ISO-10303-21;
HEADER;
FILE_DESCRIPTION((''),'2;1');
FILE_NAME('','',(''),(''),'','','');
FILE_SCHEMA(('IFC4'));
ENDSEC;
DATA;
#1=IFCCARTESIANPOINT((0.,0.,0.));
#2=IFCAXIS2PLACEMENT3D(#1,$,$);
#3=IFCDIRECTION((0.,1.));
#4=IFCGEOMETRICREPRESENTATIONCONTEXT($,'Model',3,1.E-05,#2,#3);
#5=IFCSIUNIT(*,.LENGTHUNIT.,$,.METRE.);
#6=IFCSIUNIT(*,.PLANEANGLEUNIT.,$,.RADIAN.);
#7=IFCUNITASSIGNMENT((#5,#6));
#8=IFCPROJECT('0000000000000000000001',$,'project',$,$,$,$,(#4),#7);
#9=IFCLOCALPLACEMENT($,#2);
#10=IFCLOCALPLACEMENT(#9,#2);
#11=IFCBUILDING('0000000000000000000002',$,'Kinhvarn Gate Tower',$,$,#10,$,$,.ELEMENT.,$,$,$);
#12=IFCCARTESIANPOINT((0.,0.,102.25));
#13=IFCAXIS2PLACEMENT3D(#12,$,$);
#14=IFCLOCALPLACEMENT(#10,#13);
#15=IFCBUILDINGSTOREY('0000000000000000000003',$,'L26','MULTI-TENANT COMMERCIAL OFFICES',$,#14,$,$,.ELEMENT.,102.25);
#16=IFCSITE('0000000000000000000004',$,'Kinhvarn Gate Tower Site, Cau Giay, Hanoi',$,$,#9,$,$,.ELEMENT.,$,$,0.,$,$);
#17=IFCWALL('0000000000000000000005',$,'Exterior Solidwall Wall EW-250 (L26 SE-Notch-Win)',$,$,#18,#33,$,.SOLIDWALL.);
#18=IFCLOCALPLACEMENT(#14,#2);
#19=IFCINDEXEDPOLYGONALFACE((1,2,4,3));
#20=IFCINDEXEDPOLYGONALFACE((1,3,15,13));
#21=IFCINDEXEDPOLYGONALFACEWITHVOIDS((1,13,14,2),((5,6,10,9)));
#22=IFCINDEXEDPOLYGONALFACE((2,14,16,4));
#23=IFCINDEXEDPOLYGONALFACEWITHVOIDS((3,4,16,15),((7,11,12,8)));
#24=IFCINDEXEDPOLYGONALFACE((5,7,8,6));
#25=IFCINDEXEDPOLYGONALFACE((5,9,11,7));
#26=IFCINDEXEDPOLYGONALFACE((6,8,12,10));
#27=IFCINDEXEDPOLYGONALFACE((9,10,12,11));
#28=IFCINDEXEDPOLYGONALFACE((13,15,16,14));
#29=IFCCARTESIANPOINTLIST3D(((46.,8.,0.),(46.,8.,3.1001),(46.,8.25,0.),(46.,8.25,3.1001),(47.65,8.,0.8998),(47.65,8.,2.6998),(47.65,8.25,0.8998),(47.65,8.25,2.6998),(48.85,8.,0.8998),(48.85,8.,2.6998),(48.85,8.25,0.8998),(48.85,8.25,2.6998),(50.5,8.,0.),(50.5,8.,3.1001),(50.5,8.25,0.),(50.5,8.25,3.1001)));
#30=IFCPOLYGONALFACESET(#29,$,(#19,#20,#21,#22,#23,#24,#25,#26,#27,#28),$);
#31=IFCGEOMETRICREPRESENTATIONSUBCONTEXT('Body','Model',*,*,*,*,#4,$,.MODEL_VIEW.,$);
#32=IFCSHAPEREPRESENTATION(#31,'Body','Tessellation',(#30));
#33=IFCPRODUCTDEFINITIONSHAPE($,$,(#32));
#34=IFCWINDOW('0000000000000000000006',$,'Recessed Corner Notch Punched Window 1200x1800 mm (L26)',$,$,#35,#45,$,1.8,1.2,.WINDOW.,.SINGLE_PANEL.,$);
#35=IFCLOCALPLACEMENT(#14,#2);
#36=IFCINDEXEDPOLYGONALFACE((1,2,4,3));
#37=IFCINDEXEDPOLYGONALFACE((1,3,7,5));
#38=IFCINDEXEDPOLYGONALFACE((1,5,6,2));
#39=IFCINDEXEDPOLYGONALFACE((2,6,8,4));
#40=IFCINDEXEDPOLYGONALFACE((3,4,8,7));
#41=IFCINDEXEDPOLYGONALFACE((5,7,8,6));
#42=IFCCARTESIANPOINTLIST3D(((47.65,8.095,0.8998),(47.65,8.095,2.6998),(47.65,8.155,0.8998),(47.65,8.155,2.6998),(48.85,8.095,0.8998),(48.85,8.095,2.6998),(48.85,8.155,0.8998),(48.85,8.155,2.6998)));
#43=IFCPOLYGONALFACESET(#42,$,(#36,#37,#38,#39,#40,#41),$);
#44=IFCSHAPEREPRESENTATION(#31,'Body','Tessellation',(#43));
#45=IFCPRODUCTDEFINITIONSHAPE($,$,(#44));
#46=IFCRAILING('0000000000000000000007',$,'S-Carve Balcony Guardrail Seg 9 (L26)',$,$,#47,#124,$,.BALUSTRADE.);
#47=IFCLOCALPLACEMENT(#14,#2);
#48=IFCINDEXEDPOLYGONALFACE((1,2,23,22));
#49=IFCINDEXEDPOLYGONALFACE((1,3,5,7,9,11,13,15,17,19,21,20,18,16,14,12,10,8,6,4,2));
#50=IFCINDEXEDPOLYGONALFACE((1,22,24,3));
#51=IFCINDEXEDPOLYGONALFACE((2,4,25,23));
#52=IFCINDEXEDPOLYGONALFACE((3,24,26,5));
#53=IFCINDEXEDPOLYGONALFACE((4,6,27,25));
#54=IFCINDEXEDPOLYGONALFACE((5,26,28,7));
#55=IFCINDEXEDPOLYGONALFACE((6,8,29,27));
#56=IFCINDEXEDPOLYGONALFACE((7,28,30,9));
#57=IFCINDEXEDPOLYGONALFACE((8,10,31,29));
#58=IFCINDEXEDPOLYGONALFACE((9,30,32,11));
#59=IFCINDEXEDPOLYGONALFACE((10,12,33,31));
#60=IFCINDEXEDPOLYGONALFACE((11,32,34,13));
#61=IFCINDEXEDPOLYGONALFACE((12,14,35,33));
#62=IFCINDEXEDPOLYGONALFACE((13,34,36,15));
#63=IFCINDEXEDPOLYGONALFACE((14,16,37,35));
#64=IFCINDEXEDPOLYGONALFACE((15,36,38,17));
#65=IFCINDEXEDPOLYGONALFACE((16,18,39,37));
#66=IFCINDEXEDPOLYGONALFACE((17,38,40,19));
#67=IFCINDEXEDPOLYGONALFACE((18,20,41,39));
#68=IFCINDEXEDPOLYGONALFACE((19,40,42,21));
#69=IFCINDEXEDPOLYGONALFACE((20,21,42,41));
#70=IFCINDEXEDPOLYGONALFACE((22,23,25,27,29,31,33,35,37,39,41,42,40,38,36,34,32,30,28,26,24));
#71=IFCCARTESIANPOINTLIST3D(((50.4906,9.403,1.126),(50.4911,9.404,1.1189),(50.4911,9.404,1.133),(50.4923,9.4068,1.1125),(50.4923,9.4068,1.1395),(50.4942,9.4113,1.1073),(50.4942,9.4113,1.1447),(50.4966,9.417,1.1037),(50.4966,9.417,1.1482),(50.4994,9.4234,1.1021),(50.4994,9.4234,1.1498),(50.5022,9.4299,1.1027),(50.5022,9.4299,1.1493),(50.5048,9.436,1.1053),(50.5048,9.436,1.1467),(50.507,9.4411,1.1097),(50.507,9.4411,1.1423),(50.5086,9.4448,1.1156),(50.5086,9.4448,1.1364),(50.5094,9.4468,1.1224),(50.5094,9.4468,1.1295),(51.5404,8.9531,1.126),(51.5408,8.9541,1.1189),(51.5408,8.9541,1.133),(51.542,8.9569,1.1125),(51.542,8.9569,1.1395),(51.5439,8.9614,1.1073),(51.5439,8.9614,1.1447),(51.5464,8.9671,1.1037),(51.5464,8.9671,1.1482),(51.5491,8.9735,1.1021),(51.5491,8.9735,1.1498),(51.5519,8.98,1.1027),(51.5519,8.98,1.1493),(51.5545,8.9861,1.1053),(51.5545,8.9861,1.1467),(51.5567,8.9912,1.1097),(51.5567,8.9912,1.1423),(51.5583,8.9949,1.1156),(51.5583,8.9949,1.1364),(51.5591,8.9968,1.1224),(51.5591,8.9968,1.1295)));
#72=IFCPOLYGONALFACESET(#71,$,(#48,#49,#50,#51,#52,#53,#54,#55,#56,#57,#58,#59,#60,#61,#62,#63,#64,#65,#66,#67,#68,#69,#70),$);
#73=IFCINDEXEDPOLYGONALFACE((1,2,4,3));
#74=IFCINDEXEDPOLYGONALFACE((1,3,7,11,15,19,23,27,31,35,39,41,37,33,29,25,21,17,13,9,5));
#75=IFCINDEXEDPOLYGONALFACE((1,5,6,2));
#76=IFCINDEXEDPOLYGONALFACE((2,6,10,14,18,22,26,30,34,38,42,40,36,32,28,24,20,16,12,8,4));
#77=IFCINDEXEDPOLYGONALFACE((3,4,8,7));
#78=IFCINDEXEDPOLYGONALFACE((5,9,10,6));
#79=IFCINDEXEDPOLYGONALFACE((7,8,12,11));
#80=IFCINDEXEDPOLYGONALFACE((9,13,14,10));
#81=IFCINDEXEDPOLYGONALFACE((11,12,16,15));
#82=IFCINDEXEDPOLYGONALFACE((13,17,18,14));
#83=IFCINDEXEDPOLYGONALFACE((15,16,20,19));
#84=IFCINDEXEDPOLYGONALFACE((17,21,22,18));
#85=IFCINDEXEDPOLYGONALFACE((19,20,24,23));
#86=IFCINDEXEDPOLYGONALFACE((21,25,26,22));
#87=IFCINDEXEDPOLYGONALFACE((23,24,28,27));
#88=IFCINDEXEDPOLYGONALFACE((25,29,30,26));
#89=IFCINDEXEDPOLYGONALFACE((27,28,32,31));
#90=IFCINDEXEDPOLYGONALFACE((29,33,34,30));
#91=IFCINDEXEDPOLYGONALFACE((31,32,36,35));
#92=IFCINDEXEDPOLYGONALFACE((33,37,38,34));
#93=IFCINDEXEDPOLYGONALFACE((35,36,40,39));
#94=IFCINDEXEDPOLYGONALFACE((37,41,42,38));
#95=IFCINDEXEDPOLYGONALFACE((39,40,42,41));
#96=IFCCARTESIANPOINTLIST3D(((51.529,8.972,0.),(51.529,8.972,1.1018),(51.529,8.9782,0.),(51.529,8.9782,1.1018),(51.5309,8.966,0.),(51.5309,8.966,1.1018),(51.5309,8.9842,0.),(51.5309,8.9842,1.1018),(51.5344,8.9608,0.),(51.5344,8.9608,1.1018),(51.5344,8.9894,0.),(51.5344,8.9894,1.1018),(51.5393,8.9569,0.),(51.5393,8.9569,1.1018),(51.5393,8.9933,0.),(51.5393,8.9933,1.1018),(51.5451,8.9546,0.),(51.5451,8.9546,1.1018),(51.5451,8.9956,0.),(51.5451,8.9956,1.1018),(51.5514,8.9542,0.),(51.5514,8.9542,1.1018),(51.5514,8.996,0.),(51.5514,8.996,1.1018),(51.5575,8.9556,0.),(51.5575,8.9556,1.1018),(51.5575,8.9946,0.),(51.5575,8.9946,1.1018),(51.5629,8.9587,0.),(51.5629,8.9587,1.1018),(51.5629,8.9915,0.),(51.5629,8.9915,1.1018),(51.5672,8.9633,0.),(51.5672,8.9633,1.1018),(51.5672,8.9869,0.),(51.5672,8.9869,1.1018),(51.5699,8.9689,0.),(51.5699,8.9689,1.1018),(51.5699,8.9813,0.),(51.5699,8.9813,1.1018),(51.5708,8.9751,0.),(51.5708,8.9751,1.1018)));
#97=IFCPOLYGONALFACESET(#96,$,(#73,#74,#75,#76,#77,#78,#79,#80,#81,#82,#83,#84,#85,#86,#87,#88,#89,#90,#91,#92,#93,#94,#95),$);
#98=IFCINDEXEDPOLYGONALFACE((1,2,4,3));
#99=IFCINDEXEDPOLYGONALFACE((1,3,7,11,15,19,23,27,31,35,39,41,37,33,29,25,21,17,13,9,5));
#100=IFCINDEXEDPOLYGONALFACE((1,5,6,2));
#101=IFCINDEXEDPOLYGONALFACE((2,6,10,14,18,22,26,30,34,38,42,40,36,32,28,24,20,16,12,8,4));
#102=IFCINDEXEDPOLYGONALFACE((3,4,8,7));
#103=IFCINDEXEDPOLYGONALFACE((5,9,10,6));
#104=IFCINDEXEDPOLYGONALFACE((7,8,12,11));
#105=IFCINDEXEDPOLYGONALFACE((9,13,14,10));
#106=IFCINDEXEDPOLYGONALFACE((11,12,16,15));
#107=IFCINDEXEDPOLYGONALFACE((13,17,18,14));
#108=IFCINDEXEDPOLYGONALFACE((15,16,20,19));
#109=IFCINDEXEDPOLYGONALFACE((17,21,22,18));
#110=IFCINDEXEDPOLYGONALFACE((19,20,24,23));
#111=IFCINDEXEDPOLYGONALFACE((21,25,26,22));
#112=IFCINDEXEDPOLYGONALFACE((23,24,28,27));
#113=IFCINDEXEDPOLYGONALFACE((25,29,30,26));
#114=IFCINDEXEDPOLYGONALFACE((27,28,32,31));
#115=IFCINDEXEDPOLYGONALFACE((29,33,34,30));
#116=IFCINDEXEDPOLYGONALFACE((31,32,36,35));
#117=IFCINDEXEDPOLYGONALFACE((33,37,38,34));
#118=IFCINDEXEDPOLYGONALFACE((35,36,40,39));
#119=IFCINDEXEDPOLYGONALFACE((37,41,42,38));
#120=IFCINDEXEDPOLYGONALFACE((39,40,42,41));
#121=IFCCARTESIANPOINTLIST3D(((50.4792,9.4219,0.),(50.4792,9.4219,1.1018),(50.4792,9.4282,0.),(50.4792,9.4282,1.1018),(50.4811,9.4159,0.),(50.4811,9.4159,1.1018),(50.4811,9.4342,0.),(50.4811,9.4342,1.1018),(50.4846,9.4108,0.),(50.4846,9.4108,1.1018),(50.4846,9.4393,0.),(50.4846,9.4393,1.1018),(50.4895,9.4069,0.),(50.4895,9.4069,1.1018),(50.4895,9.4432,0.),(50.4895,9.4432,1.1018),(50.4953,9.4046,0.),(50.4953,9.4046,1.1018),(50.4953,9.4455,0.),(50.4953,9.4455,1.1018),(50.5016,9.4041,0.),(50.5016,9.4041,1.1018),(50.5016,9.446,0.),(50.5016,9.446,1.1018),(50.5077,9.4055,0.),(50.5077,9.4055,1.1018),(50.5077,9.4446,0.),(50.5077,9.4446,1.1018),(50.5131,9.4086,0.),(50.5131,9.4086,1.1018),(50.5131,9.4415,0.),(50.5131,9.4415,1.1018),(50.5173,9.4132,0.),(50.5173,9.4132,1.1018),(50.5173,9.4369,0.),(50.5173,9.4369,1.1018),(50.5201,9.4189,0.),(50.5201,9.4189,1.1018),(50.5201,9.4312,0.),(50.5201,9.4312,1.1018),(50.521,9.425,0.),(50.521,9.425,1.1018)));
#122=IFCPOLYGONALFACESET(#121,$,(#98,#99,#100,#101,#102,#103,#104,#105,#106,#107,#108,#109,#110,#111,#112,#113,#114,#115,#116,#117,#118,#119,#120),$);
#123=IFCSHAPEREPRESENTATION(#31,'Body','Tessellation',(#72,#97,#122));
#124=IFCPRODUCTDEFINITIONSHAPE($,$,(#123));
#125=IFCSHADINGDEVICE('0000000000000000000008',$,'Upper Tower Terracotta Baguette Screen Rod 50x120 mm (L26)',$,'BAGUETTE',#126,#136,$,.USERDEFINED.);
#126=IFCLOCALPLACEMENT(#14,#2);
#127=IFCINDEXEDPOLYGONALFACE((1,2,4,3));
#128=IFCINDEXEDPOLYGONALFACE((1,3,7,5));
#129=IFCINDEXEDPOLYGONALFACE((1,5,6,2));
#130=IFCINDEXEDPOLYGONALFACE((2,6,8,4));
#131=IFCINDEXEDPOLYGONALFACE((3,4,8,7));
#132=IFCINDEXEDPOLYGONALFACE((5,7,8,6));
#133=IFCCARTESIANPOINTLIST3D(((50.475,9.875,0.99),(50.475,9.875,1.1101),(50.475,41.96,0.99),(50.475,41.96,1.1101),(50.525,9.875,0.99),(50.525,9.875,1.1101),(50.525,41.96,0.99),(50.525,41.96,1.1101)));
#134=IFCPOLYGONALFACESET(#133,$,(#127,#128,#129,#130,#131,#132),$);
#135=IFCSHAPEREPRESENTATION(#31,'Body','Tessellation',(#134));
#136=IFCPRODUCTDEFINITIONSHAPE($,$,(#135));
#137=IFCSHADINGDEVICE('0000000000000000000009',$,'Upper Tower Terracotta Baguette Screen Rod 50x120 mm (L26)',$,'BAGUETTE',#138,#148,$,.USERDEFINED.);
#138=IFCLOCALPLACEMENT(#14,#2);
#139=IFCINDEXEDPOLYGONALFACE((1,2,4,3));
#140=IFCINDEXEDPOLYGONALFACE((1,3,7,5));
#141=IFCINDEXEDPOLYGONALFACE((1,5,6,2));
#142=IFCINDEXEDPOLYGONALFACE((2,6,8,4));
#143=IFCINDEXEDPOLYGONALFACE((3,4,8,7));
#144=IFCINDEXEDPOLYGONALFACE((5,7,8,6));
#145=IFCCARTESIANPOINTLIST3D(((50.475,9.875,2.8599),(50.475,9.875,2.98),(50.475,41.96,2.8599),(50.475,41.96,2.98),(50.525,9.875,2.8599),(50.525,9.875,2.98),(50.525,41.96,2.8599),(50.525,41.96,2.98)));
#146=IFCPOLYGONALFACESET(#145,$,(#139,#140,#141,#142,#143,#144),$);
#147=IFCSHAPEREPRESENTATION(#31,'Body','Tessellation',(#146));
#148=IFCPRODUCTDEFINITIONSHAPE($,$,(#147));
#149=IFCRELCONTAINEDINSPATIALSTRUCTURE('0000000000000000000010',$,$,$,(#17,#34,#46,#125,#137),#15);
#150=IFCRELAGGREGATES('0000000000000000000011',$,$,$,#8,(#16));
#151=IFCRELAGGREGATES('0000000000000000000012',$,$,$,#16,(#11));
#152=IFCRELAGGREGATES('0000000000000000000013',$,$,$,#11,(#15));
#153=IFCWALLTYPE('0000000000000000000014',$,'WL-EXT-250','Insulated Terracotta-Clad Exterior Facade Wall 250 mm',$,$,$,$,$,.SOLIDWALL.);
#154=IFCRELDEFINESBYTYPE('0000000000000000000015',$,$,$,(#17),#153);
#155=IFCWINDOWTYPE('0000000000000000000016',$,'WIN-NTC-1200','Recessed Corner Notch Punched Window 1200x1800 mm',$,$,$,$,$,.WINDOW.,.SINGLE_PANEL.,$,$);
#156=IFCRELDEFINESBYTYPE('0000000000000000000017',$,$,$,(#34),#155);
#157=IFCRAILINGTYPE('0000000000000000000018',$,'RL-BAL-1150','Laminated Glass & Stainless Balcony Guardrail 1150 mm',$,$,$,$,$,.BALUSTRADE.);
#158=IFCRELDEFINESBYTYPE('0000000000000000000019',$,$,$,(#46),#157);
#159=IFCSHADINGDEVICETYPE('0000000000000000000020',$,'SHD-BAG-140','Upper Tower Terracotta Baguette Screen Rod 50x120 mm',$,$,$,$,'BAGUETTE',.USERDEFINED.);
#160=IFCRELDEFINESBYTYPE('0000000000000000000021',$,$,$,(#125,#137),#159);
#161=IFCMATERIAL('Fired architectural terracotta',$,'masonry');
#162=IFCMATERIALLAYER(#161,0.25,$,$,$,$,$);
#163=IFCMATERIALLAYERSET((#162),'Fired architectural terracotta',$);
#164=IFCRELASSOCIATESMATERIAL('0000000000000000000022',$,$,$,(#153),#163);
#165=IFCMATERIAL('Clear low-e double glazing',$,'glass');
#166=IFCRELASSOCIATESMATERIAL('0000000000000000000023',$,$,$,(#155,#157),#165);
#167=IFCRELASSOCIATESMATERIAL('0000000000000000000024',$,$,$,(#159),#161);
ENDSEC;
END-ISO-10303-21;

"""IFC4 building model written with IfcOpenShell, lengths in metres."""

from ifc_helpers import new_model, si_unit, direction, frame, frame_2d, origin, origin_2d, place, context, subcontext, project, spatial, rectangle, circle, extrude, material, layer, layer_set, material_profile, profile_set, type_object, element, fill, save


model = new_model("IFC4")

# Units and contexts
model_context = context("Model", 3, precision=1e-05, world=origin(), true_north=direction((0.0, 1.0)))
body_context = subcontext(model_context, "Body", "Model", "MODEL_VIEW")
ifc_project = project(units=[si_unit("LENGTHUNIT", "METRE"), si_unit("PLANEANGLEUNIT", "RADIAN")], contexts=[model_context])

# Site, building, storey
site_placement = place(None, origin())
site = spatial("IfcSite", under=ifc_project, at=site_placement, Name="Kinhvarn Gate Tower Site, Cau Giay, Hanoi", CompositionType="ELEMENT", RefElevation=0.0)
building_placement = place(site_placement, origin())
building = spatial("IfcBuilding", under=site, at=building_placement, Name="Kinhvarn Gate Tower", CompositionType="ELEMENT")
storey_placement = place(building_placement, frame((0.0, 0.0, 102.25)))
storey = spatial("IfcBuildingStorey", under=building, at=storey_placement, Name="L26", Description="MULTI-TENANT COMMERCIAL OFFICES", CompositionType="ELEMENT", Elevation=102.25)

# Shared definitions
ifc_material_1 = material(Name="Clear low-e double glazing", Category="glass")

# Wall, opening, window
ifc_material_2 = material(Name="Fired architectural terracotta", Category="masonry")
ifc_layer_1 = layer(ifc_material_2, 0.25)
ifc_layer_set_1 = layer_set([ifc_layer_1], Name="Fired architectural terracotta")
wall_type = type_object("IfcWallType", Name="WL-EXT-250", Description="Insulated Terracotta-Clad Exterior Facade Wall 250 mm", PredefinedType="SOLIDWALL", material=ifc_layer_set_1)
wall_placement = place(storey_placement, frame((46.0, 8.125, 0.0), z_axis=(0.0, 0.0, 1.0), x_axis=(1.0, 0.0, 0.0)))
wall = element("IfcWall", 1, at=wall_placement, inside=storey, type_object=wall_type, Name="Exterior Solidwall Wall EW-250 (L26 SE-Notch-Win)", PredefinedType="SOLIDWALL", context=body_context, shape_type="SweptSolid", body=[
    extrude(rectangle(XDim=4.5, YDim=0.25, at=frame_2d((2.25, 0.0))), origin(), (0.0, 0.0, 1.0), 3.1001),
])
opening_placement = place(wall_placement, frame((1.6499, 0.0, 0.8999)))
opening = element("IfcOpeningElement", 2, at=opening_placement, cuts=wall, PredefinedType="OPENING", context=body_context, shape_type="SweptSolid", body=[
    extrude(rectangle(XDim=1.2, YDim=1.8, at=frame_2d((0.6001, 0.8999))), frame((0.0, 0.135, 0.0), z_axis=(0.0, -1.0, 0.0), x_axis=(1.0, 0.0, 0.0)), (0.0, 0.0, 1.0), 0.27),
])
window_type = type_object("IfcWindowType", Name="WIN-NTC-1200", Description="Recessed Corner Notch Punched Window 1200x1800 mm", PartitioningType="SINGLE_PANEL", PredefinedType="WINDOW", material=ifc_material_1)
window_placement = place(opening_placement, origin())
window = element("IfcWindow", 3, at=window_placement, inside=storey, type_object=window_type, Name="Recessed Corner Notch Punched Window 1200x1800 mm (L26)", OverallHeight=1.8, OverallWidth=1.2, PartitioningType="SINGLE_PANEL", PredefinedType="WINDOW", context=body_context, shape_type="SweptSolid", body=[
    extrude(rectangle(XDim=1.2, YDim=1.8, at=frame_2d((0.6001, 0.8999))), frame((0.0, 0.03, 0.0), z_axis=(0.0, -1.0, 0.0), x_axis=(1.0, 0.0, 0.0)), (0.0, 0.0, 1.0), 0.0601),
])
fill(opening, window)

# Railing
railing_type = type_object("IfcRailingType", Name="RL-BAL-1150", Description="Laminated Glass & Stainless Balcony Guardrail 1150 mm", PredefinedType="BALUSTRADE", material=ifc_material_1)
railing_placement = place(storey_placement, frame((51.5498, 8.9751, 0.0)))
element("IfcRailing", 4, at=railing_placement, inside=storey, type_object=railing_type, Name="S-Carve Balcony Guardrail Seg 9 (L26)", PredefinedType="BALUSTRADE", context=body_context, shape_type="SweptSolid", body=[
    extrude(circle(Radius=0.0239, at=origin_2d()), frame((0.0, 0.0, 1.126), z_axis=(-0.919134, 0.393945, 0.0), x_axis=(-0.393945, -0.919134, 0.0)), (0.0, 0.0, 1.0), 1.1421),
    extrude(circle(Radius=0.021, at=origin_2d()), origin(), (0.0, 0.0, 1.0), 1.1018),
    extrude(circle(Radius=0.021, at=origin_2d()), frame((-1.0498, 0.45, 0.0)), (0.0, 0.0, 1.0), 1.1018),
])

# Shading devices
ifc_material_profile_1 = material_profile(ifc_material_2, rectangle(XDim=0.05, YDim=0.1201, at=origin_2d()), Name="TC 50x120")
ifc_profile_set_1 = profile_set([ifc_material_profile_1], Name="Fired architectural terracotta")
shading_device_type = type_object("IfcShadingDeviceType", Name="SHD-BAG-140", Description="Upper Tower Terracotta Baguette Screen Rod 50x120 mm", ElementType="BAGUETTE", PredefinedType="USERDEFINED", material=ifc_profile_set_1)
for number, where, z_axis, x_axis, name in (
    (5, (50.5, 9.875, 1.05), (0.0, 1.0, 0.0), (-1.0, 0.0, 0.0), "Upper Tower Terracotta Baguette Screen Rod 50x120 mm (L26)"),
    (6, (50.5, 9.875, 2.9199), (0.0, 1.0, 0.0), (-1.0, 0.0, 0.0), "Upper Tower Terracotta Baguette Screen Rod 50x120 mm (L26)"),
):
    element("IfcShadingDevice", number, at=place(storey_placement, frame(where, z_axis=z_axis, x_axis=x_axis)), inside=storey, type_object=shading_device_type, Name=name, ObjectType="BAGUETTE", PredefinedType="USERDEFINED", context=body_context, shape_type="SweptSolid", body=[
        extrude(rectangle(XDim=0.05, YDim=0.1201, at=origin_2d()), origin(), (0.0, 0.0, 1.0), 32.085),
    ])

save(model, "model.ifc")
